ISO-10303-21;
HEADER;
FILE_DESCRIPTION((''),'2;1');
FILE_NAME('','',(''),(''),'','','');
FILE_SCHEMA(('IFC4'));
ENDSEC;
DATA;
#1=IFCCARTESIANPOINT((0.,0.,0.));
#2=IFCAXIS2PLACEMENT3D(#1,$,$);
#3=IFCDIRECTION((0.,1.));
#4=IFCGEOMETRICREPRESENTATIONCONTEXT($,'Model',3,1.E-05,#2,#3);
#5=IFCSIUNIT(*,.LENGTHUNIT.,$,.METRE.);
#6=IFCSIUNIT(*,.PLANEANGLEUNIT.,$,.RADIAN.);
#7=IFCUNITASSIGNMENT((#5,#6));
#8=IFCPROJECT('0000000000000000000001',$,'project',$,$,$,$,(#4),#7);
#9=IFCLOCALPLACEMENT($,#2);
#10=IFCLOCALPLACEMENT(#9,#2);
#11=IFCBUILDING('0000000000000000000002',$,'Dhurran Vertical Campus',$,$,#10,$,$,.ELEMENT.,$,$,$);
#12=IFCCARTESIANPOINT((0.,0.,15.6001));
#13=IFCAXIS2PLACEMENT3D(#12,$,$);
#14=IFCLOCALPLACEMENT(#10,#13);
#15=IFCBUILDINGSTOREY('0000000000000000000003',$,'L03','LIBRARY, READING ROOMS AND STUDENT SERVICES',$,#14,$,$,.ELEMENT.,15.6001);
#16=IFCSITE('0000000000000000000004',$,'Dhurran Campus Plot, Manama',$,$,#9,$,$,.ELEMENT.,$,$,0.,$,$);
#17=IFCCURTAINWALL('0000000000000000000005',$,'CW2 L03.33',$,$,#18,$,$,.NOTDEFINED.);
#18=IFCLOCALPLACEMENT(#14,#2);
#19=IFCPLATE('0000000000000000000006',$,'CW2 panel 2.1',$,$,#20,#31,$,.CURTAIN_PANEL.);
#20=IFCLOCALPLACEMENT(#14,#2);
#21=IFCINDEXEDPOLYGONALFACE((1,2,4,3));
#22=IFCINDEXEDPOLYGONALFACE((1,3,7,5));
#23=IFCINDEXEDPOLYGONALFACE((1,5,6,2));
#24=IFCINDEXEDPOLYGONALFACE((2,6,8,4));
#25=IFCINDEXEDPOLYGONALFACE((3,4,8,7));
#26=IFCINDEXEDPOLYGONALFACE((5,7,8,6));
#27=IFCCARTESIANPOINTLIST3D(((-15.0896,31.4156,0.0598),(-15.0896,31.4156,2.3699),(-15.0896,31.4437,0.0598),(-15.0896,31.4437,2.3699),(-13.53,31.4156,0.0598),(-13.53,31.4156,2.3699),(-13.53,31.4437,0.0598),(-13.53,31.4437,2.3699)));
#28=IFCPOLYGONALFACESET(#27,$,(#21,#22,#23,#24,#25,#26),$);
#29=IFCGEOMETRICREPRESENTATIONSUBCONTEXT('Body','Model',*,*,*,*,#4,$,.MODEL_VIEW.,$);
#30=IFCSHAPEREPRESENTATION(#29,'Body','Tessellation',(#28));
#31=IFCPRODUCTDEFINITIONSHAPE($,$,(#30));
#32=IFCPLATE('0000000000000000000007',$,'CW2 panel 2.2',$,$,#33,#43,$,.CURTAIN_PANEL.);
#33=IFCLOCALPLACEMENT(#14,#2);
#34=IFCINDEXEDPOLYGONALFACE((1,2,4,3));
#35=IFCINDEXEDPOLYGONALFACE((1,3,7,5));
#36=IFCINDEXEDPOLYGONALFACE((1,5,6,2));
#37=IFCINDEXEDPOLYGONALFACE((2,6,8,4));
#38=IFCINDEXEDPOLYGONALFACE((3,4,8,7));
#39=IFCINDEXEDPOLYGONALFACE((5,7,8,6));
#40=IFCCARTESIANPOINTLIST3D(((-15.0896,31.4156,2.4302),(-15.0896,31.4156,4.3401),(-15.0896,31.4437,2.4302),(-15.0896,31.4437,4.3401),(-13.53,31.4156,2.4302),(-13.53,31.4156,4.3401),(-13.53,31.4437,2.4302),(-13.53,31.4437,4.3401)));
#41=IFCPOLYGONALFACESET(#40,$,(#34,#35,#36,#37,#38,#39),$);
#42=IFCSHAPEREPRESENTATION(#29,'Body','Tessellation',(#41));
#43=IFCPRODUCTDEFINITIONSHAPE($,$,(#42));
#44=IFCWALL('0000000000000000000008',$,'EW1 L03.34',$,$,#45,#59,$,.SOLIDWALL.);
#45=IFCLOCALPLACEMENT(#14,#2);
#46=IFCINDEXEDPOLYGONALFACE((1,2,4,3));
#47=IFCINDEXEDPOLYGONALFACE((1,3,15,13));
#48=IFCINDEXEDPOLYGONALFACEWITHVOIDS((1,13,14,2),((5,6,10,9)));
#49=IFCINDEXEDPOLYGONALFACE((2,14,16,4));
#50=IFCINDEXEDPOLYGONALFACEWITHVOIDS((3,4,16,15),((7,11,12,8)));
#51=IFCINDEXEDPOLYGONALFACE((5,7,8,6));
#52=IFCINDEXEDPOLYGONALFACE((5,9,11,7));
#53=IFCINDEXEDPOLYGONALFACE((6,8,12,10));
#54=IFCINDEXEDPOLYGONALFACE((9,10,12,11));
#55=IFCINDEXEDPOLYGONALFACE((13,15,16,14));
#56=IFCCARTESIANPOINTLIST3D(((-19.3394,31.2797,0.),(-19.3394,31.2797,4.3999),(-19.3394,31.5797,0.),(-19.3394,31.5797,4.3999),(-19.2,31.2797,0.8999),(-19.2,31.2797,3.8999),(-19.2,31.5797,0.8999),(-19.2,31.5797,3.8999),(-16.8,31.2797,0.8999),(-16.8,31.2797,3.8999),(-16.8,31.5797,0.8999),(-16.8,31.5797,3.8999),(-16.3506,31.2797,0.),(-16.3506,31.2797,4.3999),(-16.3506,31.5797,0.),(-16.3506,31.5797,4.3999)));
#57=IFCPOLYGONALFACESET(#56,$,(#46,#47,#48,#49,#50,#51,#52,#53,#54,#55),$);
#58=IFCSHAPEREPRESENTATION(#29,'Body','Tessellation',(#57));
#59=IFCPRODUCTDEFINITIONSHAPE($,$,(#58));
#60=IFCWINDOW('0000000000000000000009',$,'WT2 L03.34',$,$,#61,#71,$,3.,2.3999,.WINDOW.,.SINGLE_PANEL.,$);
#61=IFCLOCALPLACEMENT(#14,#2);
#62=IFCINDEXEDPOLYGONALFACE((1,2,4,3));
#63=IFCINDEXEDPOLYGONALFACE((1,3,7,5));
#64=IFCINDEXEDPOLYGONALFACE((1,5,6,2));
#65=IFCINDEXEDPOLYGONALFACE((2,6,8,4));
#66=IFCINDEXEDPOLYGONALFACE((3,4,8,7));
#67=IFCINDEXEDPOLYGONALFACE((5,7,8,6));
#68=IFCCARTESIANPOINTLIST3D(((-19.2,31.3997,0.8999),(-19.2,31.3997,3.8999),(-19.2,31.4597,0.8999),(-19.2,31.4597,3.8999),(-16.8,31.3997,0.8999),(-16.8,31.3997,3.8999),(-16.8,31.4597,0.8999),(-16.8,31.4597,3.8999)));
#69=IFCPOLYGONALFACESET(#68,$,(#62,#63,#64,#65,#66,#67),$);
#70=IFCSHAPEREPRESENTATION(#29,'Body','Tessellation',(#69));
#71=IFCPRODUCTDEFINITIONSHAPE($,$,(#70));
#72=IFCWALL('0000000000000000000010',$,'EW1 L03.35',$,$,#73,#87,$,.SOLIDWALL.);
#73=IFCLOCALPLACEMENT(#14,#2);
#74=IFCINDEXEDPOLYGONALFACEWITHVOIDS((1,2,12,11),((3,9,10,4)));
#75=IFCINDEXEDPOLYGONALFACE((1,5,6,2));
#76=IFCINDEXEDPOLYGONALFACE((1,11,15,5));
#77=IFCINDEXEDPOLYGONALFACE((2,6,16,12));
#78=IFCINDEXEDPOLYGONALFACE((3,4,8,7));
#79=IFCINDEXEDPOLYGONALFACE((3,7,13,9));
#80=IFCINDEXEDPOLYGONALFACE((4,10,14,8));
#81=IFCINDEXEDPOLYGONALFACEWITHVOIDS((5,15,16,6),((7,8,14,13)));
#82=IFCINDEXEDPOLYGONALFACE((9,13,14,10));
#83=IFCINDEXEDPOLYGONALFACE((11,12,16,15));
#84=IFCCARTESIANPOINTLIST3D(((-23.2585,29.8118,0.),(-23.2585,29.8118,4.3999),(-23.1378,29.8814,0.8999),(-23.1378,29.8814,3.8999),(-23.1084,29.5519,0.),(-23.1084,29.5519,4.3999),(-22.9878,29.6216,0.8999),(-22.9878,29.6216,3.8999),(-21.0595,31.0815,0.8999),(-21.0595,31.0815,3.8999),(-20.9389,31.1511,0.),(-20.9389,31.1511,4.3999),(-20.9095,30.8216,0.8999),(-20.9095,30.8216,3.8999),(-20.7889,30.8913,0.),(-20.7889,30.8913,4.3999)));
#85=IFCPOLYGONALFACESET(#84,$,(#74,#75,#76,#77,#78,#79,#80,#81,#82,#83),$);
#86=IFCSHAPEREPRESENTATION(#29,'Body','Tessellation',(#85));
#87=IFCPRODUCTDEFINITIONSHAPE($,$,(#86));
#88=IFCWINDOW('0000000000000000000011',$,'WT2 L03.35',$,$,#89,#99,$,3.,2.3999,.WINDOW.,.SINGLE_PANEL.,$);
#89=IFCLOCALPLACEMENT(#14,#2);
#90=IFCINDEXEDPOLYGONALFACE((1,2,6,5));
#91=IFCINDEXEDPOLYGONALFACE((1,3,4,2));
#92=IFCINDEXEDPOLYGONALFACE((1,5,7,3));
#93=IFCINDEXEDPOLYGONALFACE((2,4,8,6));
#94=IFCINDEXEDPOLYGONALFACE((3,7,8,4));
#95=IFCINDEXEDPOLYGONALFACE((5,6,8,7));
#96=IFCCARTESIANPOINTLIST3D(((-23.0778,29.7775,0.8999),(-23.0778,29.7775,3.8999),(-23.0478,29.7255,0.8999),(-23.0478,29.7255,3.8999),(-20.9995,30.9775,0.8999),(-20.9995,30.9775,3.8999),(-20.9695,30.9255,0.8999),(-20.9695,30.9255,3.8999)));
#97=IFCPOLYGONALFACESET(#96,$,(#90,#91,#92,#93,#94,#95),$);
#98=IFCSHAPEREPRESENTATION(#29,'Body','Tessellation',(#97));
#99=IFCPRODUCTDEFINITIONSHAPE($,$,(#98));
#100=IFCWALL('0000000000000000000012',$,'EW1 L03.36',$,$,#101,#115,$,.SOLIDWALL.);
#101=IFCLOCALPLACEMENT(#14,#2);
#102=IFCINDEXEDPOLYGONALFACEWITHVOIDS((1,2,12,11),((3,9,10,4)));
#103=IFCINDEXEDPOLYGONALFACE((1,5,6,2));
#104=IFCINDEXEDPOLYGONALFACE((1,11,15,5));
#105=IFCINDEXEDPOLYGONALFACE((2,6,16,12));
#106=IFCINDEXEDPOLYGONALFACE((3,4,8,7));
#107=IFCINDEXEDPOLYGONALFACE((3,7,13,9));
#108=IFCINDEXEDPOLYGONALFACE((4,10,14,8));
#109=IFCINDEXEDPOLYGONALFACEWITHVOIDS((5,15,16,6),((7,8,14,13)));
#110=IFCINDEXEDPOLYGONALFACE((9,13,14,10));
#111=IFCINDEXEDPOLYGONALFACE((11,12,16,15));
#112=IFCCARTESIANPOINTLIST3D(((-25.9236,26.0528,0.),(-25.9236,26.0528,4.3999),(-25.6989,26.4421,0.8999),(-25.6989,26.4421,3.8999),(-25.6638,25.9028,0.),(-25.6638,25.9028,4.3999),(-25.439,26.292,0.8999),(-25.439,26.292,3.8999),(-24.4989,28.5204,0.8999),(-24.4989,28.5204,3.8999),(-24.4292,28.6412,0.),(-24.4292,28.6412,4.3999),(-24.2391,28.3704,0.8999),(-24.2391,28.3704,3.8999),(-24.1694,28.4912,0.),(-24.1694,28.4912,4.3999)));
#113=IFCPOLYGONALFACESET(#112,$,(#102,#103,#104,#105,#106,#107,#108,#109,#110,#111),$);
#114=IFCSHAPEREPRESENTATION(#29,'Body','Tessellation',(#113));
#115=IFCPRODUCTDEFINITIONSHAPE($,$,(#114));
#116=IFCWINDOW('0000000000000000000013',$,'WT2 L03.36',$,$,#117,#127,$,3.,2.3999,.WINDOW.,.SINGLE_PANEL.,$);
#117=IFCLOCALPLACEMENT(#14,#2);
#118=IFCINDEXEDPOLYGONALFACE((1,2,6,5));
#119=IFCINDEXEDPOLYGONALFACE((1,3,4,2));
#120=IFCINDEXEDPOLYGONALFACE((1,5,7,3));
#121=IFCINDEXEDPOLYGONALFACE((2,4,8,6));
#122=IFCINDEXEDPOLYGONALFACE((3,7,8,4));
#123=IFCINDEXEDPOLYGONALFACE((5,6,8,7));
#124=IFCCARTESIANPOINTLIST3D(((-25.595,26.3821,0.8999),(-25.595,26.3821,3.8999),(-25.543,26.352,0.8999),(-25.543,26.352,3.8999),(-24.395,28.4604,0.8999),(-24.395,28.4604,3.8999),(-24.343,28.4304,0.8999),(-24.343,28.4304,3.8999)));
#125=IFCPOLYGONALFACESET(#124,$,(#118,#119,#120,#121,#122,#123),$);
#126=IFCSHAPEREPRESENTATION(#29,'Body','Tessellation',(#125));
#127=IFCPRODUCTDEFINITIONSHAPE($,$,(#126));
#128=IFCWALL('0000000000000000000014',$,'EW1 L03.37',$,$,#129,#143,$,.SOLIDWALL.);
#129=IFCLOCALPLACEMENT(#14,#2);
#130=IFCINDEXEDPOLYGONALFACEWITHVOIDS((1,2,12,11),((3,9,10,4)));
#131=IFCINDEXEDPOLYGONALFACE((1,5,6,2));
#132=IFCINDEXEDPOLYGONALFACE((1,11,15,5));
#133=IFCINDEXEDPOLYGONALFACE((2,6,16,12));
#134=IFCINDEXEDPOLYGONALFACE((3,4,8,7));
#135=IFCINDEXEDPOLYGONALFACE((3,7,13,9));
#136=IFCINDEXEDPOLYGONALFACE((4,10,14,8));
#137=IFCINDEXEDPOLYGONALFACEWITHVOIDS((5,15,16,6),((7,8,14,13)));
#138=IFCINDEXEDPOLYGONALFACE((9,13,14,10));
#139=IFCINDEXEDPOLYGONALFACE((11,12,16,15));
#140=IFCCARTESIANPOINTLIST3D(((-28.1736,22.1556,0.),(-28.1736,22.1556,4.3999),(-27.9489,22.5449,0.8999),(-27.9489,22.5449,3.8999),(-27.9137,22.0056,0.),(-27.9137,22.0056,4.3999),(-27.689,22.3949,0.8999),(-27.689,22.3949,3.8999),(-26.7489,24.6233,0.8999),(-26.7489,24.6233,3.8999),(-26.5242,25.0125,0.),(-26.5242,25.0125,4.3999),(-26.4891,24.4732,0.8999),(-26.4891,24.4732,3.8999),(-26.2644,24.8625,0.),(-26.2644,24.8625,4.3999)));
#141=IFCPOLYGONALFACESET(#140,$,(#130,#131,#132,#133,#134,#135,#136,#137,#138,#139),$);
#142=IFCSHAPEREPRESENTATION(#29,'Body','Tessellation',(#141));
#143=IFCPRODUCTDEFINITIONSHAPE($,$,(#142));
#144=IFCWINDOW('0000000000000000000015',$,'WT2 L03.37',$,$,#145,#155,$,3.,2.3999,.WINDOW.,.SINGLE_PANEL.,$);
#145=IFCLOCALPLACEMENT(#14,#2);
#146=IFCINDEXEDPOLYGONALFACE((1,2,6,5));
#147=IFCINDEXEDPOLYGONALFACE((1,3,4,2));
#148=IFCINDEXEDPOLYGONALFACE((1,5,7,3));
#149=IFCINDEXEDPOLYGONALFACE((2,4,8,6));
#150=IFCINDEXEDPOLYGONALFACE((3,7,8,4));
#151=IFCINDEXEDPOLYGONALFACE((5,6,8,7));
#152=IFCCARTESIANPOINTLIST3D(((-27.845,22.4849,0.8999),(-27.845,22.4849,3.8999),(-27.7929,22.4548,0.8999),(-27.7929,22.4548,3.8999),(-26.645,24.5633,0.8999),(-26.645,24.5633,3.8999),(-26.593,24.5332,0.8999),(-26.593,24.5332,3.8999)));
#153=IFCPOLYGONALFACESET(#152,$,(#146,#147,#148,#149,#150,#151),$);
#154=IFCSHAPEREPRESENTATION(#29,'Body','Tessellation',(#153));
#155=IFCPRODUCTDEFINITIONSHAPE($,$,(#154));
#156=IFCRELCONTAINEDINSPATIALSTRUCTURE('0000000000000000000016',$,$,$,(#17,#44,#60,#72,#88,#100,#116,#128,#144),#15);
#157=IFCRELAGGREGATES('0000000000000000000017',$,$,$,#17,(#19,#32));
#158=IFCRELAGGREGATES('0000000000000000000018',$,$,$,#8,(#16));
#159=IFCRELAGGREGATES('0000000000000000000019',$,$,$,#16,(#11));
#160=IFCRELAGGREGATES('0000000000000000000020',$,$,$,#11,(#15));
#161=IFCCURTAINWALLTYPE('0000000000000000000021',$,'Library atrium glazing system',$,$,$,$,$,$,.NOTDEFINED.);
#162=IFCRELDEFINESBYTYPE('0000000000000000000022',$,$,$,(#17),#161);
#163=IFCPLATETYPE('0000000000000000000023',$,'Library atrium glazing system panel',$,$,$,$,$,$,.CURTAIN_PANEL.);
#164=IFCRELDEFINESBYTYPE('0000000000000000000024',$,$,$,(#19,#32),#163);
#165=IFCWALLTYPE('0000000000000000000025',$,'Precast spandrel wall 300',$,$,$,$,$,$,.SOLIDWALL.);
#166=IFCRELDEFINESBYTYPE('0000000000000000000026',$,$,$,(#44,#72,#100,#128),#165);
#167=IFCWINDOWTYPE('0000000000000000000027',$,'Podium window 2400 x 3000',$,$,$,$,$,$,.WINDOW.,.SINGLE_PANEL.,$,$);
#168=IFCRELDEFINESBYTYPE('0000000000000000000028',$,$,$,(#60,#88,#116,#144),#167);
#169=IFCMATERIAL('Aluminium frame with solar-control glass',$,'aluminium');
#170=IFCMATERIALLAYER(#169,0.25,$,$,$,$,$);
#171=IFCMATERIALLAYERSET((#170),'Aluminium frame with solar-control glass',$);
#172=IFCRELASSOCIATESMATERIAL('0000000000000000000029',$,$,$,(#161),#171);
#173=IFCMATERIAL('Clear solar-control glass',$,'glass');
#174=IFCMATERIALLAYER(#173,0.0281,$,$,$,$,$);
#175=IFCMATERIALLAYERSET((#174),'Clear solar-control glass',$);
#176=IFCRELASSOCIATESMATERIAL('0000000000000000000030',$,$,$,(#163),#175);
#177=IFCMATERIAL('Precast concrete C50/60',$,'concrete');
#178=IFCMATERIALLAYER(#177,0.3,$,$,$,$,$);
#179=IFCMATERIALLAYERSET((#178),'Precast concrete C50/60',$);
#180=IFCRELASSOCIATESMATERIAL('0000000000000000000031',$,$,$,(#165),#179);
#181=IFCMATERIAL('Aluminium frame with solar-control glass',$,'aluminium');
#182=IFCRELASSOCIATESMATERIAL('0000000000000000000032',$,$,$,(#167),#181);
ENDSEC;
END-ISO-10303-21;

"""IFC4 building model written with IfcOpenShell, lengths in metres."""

from ifc_helpers import new_model, si_unit, direction, frame, frame_2d, origin, origin_2d, place, context, subcontext, project, spatial, rectangle, extrude, material, layer, layer_set, type_object, element, fill, aggregate, save


model = new_model("IFC4")

# Units and contexts
model_context = context("Model", 3, precision=1e-05, world=origin(), true_north=direction((0.0, 1.0)))
body_context = subcontext(model_context, "Body", "Model", "MODEL_VIEW")
ifc_project = project(units=[si_unit("LENGTHUNIT", "METRE"), si_unit("PLANEANGLEUNIT", "RADIAN")], contexts=[model_context])

# Site, building, storey
site_placement = place(None, origin())
site = spatial("IfcSite", under=ifc_project, at=site_placement, Name="Dhurran Campus Plot, Manama", CompositionType="ELEMENT", RefElevation=0.0)
building_placement = place(site_placement, origin())
building = spatial("IfcBuilding", under=site, at=building_placement, Name="Dhurran Vertical Campus", CompositionType="ELEMENT")
storey_placement = place(building_placement, frame((0.0, 0.0, 15.6001)))
storey = spatial("IfcBuildingStorey", under=building, at=storey_placement, Name="L03", Description="LIBRARY, READING ROOMS AND STUDENT SERVICES", CompositionType="ELEMENT", Elevation=15.6001)

# Curtain wall, plates
ifc_material_1 = material(Name="Aluminium frame with solar-control glass", Category="aluminium")
ifc_layer_1 = layer(ifc_material_1, 0.25)
ifc_layer_set_1 = layer_set([ifc_layer_1], Name="Aluminium frame with solar-control glass")
curtain_wall_type = type_object("IfcCurtainWallType", Name="Library atrium glazing system", PredefinedType="NOTDEFINED", material=ifc_layer_set_1)
curtain_wall_placement = place(storey_placement, origin())
curtain_wall = element("IfcCurtainWall", 1, at=curtain_wall_placement, inside=storey, type_object=curtain_wall_type, Name="CW2 L03.33", PredefinedType="NOTDEFINED")
ifc_material_2 = material(Name="Clear solar-control glass", Category="glass")
ifc_layer_2 = layer(ifc_material_2, 0.0281)
ifc_layer_set_2 = layer_set([ifc_layer_2], Name="Clear solar-control glass")
plate_type = type_object("IfcPlateType", Name="Library atrium glazing system panel", PredefinedType="CURTAIN_PANEL", material=ifc_layer_set_2)
plate_1_placement = place(storey_placement, frame((-14.3098, 31.4297, 0.0598), z_axis=(0.0, 0.0, 1.0), x_axis=(-1.0, 0.0, 0.0)))
plate_1 = element("IfcPlate", 2, at=plate_1_placement, type_object=plate_type, Name="CW2 panel 2.1", PredefinedType="CURTAIN_PANEL", context=body_context, shape_type="SweptSolid", body=[
    extrude(rectangle(XDim=1.5596, YDim=0.0281, at=origin_2d()), origin(), (0.0, 0.0, 1.0), 2.3101),
])
plate_2_placement = place(storey_placement, frame((-14.3098, 31.4297, 2.4302), z_axis=(0.0, 0.0, 1.0), x_axis=(-1.0, 0.0, 0.0)))
plate_2 = element("IfcPlate", 3, at=plate_2_placement, type_object=plate_type, Name="CW2 panel 2.2", PredefinedType="CURTAIN_PANEL", context=body_context, shape_type="SweptSolid", body=[
    extrude(rectangle(XDim=1.5596, YDim=0.0281, at=origin_2d()), origin(), (0.0, 0.0, 1.0), 1.9099),
])
aggregate(curtain_wall, [plate_1, plate_2])

# Walls, openings, windows
ifc_material_3 = material(Name="Precast concrete C50/60", Category="concrete")
ifc_layer_3 = layer(ifc_material_3, 0.3)
ifc_layer_set_3 = layer_set([ifc_layer_3], Name="Precast concrete C50/60")
wall_type_1 = type_object("IfcWallType", Name="Precast spandrel wall 300", PredefinedType="SOLIDWALL", material=ifc_layer_set_3)
wall_1_placement = place(storey_placement, frame((-16.3506, 31.4297, 0.0), z_axis=(0.0, 0.0, 1.0), x_axis=(-1.0, 0.0, 0.0)))
wall_1 = element("IfcWall", 4, at=wall_1_placement, inside=storey, type_object=wall_type_1, Name="EW1 L03.34", PredefinedType="SOLIDWALL", context=body_context, shape_type="SweptSolid", body=[
    extrude(rectangle(XDim=2.9888, YDim=0.3, at=frame_2d((1.4944, 0.0))), origin(), (0.0, 0.0, 1.0), 4.3999),
])
opening_1_placement = place(wall_1_placement, frame((0.4495, 0.0, 0.8999)))
opening_1 = element("IfcOpeningElement", 5, at=opening_1_placement, cuts=wall_1, PredefinedType="OPENING", context=body_context, shape_type="SweptSolid", body=[
    extrude(rectangle(XDim=2.3999, YDim=3.0, at=frame_2d((1.2, 1.5))), frame((0.0, 0.1599, 0.0), z_axis=(0.0, -1.0, 0.0), x_axis=(1.0, 0.0, 0.0)), (0.0, 0.0, 1.0), 0.3201),
])
ifc_material_4 = material(Name="Aluminium frame with solar-control glass", Category="aluminium")
window_type = type_object("IfcWindowType", Name="Podium window 2400 x 3000", PartitioningType="SINGLE_PANEL", PredefinedType="WINDOW", material=ifc_material_4)
window_1_placement = place(opening_1_placement, origin())
window_1 = element("IfcWindow", 6, at=window_1_placement, inside=storey, type_object=window_type, Name="WT2 L03.34", OverallHeight=3.0, OverallWidth=2.3999, PartitioningType="SINGLE_PANEL", PredefinedType="WINDOW", context=body_context, shape_type="SweptSolid", body=[
    extrude(rectangle(XDim=2.3999, YDim=3.0, at=frame_2d((1.2, 1.5))), frame((0.0, 0.03, 0.0), z_axis=(0.0, -1.0, 0.0), x_axis=(1.0, 0.0, 0.0)), (0.0, 0.0, 1.0), 0.0601),
])
fill(opening_1, window_1)
wall_2_placement = place(storey_placement, frame((-20.8638, 31.0212, 0.0), z_axis=(0.0, 0.0, 1.0), x_axis=(-0.866002, -0.500041, 0.0)))
wall_2 = element("IfcWall", 7, at=wall_2_placement, inside=storey, type_object=wall_type_1, Name="EW1 L03.35", PredefinedType="SOLIDWALL", context=body_context, shape_type="SweptSolid", body=[
    extrude(rectangle(XDim=2.6785, YDim=0.3, at=frame_2d((1.3394, 0.0))), origin(), (0.0, 0.0, 1.0), 4.3999),
])
opening_2_placement = place(wall_2_placement, frame((0.1394, 0.0, 0.8999)))
opening_2 = element("IfcOpeningElement", 8, at=opening_2_placement, cuts=wall_2, PredefinedType="OPENING", context=body_context, shape_type="SweptSolid", body=[
    extrude(rectangle(XDim=2.3999, YDim=3.0, at=frame_2d((1.2, 1.5))), frame((0.0, 0.1599, 0.0), z_axis=(0.0, -1.0, 0.0), x_axis=(1.0, 0.0, 0.0)), (0.0, 0.0, 1.0), 0.3201),
])
window_2_placement = place(opening_2_placement, origin())
window_2 = element("IfcWindow", 9, at=window_2_placement, inside=storey, type_object=window_type, Name="WT2 L03.35", OverallHeight=3.0, OverallWidth=2.3999, PartitioningType="SINGLE_PANEL", PredefinedType="WINDOW", context=body_context, shape_type="SweptSolid", body=[
    extrude(rectangle(XDim=2.3999, YDim=3.0, at=frame_2d((1.2, 1.5))), frame((0.0, 0.03, 0.0), z_axis=(0.0, -1.0, 0.0), x_axis=(1.0, 0.0, 0.0)), (0.0, 0.0, 1.0), 0.0601),
])
fill(opening_2, window_2)
wall_3_placement = place(storey_placement, frame((-24.2993, 28.5662, 0.0), z_axis=(0.0, 0.0, 1.0), x_axis=(-0.499996, -0.866028, 0.0)))
wall_3 = element("IfcWall", 10, at=wall_3_placement, inside=storey, type_object=wall_type_1, Name="EW1 L03.36", PredefinedType="SOLIDWALL", context=body_context, shape_type="SweptSolid", body=[
    extrude(rectangle(XDim=2.9888, YDim=0.3, at=frame_2d((1.4944, 0.0))), origin(), (0.0, 0.0, 1.0), 4.3999),
])
opening_3_placement = place(wall_3_placement, frame((0.1394, 0.0, 0.8999)))
opening_3 = element("IfcOpeningElement", 11, at=opening_3_placement, cuts=wall_3, PredefinedType="OPENING", context=body_context, shape_type="SweptSolid", body=[
    extrude(rectangle(XDim=2.3999, YDim=3.0, at=frame_2d((1.2, 1.5))), frame((0.0, 0.1599, 0.0), z_axis=(0.0, -1.0, 0.0), x_axis=(1.0, 0.0, 0.0)), (0.0, 0.0, 1.0), 0.3201),
])
window_3_placement = place(opening_3_placement, origin())
window_3 = element("IfcWindow", 12, at=window_3_placement, inside=storey, type_object=window_type, Name="WT2 L03.36", OverallHeight=3.0, OverallWidth=2.3999, PartitioningType="SINGLE_PANEL", PredefinedType="WINDOW", context=body_context, shape_type="SweptSolid", body=[
    extrude(rectangle(XDim=2.3999, YDim=3.0, at=frame_2d((1.2, 1.5))), frame((0.0, 0.03, 0.0), z_axis=(0.0, -1.0, 0.0), x_axis=(1.0, 0.0, 0.0)), (0.0, 0.0, 1.0), 0.0601),
])
fill(opening_3, window_3)
wall_4_placement = place(storey_placement, frame((-26.3943, 24.9375, 0.0), z_axis=(0.0, 0.0, 1.0), x_axis=(-0.499992, -0.86603, 0.0)))
wall_4 = element("IfcWall", 13, at=wall_4_placement, inside=storey, type_object=wall_type_1, Name="EW1 L03.37", PredefinedType="SOLIDWALL", context=body_context, shape_type="SweptSolid", body=[
    extrude(rectangle(XDim=3.2988, YDim=0.3, at=frame_2d((1.6494, 0.0))), origin(), (0.0, 0.0, 1.0), 4.3999),
])
opening_4_placement = place(wall_4_placement, frame((0.4495, 0.0, 0.8999)))
opening_4 = element("IfcOpeningElement", 14, at=opening_4_placement, cuts=wall_4, PredefinedType="OPENING", context=body_context, shape_type="SweptSolid", body=[
    extrude(rectangle(XDim=2.3999, YDim=3.0, at=frame_2d((1.2, 1.5))), frame((0.0, 0.1599, 0.0), z_axis=(0.0, -1.0, 0.0), x_axis=(1.0, 0.0, 0.0)), (0.0, 0.0, 1.0), 0.3201),
])
window_4_placement = place(opening_4_placement, origin())
window_4 = element("IfcWindow", 15, at=window_4_placement, inside=storey, type_object=window_type, Name="WT2 L03.37", OverallHeight=3.0, OverallWidth=2.3999, PartitioningType="SINGLE_PANEL", PredefinedType="WINDOW", context=body_context, shape_type="SweptSolid", body=[
    extrude(rectangle(XDim=2.3999, YDim=3.0, at=frame_2d((1.2, 1.5))), frame((0.0, 0.03, 0.0), z_axis=(0.0, -1.0, 0.0), x_axis=(1.0, 0.0, 0.0)), (0.0, 0.0, 1.0), 0.0601),
])
fill(opening_4, window_4)

save(model, "model.ifc")
